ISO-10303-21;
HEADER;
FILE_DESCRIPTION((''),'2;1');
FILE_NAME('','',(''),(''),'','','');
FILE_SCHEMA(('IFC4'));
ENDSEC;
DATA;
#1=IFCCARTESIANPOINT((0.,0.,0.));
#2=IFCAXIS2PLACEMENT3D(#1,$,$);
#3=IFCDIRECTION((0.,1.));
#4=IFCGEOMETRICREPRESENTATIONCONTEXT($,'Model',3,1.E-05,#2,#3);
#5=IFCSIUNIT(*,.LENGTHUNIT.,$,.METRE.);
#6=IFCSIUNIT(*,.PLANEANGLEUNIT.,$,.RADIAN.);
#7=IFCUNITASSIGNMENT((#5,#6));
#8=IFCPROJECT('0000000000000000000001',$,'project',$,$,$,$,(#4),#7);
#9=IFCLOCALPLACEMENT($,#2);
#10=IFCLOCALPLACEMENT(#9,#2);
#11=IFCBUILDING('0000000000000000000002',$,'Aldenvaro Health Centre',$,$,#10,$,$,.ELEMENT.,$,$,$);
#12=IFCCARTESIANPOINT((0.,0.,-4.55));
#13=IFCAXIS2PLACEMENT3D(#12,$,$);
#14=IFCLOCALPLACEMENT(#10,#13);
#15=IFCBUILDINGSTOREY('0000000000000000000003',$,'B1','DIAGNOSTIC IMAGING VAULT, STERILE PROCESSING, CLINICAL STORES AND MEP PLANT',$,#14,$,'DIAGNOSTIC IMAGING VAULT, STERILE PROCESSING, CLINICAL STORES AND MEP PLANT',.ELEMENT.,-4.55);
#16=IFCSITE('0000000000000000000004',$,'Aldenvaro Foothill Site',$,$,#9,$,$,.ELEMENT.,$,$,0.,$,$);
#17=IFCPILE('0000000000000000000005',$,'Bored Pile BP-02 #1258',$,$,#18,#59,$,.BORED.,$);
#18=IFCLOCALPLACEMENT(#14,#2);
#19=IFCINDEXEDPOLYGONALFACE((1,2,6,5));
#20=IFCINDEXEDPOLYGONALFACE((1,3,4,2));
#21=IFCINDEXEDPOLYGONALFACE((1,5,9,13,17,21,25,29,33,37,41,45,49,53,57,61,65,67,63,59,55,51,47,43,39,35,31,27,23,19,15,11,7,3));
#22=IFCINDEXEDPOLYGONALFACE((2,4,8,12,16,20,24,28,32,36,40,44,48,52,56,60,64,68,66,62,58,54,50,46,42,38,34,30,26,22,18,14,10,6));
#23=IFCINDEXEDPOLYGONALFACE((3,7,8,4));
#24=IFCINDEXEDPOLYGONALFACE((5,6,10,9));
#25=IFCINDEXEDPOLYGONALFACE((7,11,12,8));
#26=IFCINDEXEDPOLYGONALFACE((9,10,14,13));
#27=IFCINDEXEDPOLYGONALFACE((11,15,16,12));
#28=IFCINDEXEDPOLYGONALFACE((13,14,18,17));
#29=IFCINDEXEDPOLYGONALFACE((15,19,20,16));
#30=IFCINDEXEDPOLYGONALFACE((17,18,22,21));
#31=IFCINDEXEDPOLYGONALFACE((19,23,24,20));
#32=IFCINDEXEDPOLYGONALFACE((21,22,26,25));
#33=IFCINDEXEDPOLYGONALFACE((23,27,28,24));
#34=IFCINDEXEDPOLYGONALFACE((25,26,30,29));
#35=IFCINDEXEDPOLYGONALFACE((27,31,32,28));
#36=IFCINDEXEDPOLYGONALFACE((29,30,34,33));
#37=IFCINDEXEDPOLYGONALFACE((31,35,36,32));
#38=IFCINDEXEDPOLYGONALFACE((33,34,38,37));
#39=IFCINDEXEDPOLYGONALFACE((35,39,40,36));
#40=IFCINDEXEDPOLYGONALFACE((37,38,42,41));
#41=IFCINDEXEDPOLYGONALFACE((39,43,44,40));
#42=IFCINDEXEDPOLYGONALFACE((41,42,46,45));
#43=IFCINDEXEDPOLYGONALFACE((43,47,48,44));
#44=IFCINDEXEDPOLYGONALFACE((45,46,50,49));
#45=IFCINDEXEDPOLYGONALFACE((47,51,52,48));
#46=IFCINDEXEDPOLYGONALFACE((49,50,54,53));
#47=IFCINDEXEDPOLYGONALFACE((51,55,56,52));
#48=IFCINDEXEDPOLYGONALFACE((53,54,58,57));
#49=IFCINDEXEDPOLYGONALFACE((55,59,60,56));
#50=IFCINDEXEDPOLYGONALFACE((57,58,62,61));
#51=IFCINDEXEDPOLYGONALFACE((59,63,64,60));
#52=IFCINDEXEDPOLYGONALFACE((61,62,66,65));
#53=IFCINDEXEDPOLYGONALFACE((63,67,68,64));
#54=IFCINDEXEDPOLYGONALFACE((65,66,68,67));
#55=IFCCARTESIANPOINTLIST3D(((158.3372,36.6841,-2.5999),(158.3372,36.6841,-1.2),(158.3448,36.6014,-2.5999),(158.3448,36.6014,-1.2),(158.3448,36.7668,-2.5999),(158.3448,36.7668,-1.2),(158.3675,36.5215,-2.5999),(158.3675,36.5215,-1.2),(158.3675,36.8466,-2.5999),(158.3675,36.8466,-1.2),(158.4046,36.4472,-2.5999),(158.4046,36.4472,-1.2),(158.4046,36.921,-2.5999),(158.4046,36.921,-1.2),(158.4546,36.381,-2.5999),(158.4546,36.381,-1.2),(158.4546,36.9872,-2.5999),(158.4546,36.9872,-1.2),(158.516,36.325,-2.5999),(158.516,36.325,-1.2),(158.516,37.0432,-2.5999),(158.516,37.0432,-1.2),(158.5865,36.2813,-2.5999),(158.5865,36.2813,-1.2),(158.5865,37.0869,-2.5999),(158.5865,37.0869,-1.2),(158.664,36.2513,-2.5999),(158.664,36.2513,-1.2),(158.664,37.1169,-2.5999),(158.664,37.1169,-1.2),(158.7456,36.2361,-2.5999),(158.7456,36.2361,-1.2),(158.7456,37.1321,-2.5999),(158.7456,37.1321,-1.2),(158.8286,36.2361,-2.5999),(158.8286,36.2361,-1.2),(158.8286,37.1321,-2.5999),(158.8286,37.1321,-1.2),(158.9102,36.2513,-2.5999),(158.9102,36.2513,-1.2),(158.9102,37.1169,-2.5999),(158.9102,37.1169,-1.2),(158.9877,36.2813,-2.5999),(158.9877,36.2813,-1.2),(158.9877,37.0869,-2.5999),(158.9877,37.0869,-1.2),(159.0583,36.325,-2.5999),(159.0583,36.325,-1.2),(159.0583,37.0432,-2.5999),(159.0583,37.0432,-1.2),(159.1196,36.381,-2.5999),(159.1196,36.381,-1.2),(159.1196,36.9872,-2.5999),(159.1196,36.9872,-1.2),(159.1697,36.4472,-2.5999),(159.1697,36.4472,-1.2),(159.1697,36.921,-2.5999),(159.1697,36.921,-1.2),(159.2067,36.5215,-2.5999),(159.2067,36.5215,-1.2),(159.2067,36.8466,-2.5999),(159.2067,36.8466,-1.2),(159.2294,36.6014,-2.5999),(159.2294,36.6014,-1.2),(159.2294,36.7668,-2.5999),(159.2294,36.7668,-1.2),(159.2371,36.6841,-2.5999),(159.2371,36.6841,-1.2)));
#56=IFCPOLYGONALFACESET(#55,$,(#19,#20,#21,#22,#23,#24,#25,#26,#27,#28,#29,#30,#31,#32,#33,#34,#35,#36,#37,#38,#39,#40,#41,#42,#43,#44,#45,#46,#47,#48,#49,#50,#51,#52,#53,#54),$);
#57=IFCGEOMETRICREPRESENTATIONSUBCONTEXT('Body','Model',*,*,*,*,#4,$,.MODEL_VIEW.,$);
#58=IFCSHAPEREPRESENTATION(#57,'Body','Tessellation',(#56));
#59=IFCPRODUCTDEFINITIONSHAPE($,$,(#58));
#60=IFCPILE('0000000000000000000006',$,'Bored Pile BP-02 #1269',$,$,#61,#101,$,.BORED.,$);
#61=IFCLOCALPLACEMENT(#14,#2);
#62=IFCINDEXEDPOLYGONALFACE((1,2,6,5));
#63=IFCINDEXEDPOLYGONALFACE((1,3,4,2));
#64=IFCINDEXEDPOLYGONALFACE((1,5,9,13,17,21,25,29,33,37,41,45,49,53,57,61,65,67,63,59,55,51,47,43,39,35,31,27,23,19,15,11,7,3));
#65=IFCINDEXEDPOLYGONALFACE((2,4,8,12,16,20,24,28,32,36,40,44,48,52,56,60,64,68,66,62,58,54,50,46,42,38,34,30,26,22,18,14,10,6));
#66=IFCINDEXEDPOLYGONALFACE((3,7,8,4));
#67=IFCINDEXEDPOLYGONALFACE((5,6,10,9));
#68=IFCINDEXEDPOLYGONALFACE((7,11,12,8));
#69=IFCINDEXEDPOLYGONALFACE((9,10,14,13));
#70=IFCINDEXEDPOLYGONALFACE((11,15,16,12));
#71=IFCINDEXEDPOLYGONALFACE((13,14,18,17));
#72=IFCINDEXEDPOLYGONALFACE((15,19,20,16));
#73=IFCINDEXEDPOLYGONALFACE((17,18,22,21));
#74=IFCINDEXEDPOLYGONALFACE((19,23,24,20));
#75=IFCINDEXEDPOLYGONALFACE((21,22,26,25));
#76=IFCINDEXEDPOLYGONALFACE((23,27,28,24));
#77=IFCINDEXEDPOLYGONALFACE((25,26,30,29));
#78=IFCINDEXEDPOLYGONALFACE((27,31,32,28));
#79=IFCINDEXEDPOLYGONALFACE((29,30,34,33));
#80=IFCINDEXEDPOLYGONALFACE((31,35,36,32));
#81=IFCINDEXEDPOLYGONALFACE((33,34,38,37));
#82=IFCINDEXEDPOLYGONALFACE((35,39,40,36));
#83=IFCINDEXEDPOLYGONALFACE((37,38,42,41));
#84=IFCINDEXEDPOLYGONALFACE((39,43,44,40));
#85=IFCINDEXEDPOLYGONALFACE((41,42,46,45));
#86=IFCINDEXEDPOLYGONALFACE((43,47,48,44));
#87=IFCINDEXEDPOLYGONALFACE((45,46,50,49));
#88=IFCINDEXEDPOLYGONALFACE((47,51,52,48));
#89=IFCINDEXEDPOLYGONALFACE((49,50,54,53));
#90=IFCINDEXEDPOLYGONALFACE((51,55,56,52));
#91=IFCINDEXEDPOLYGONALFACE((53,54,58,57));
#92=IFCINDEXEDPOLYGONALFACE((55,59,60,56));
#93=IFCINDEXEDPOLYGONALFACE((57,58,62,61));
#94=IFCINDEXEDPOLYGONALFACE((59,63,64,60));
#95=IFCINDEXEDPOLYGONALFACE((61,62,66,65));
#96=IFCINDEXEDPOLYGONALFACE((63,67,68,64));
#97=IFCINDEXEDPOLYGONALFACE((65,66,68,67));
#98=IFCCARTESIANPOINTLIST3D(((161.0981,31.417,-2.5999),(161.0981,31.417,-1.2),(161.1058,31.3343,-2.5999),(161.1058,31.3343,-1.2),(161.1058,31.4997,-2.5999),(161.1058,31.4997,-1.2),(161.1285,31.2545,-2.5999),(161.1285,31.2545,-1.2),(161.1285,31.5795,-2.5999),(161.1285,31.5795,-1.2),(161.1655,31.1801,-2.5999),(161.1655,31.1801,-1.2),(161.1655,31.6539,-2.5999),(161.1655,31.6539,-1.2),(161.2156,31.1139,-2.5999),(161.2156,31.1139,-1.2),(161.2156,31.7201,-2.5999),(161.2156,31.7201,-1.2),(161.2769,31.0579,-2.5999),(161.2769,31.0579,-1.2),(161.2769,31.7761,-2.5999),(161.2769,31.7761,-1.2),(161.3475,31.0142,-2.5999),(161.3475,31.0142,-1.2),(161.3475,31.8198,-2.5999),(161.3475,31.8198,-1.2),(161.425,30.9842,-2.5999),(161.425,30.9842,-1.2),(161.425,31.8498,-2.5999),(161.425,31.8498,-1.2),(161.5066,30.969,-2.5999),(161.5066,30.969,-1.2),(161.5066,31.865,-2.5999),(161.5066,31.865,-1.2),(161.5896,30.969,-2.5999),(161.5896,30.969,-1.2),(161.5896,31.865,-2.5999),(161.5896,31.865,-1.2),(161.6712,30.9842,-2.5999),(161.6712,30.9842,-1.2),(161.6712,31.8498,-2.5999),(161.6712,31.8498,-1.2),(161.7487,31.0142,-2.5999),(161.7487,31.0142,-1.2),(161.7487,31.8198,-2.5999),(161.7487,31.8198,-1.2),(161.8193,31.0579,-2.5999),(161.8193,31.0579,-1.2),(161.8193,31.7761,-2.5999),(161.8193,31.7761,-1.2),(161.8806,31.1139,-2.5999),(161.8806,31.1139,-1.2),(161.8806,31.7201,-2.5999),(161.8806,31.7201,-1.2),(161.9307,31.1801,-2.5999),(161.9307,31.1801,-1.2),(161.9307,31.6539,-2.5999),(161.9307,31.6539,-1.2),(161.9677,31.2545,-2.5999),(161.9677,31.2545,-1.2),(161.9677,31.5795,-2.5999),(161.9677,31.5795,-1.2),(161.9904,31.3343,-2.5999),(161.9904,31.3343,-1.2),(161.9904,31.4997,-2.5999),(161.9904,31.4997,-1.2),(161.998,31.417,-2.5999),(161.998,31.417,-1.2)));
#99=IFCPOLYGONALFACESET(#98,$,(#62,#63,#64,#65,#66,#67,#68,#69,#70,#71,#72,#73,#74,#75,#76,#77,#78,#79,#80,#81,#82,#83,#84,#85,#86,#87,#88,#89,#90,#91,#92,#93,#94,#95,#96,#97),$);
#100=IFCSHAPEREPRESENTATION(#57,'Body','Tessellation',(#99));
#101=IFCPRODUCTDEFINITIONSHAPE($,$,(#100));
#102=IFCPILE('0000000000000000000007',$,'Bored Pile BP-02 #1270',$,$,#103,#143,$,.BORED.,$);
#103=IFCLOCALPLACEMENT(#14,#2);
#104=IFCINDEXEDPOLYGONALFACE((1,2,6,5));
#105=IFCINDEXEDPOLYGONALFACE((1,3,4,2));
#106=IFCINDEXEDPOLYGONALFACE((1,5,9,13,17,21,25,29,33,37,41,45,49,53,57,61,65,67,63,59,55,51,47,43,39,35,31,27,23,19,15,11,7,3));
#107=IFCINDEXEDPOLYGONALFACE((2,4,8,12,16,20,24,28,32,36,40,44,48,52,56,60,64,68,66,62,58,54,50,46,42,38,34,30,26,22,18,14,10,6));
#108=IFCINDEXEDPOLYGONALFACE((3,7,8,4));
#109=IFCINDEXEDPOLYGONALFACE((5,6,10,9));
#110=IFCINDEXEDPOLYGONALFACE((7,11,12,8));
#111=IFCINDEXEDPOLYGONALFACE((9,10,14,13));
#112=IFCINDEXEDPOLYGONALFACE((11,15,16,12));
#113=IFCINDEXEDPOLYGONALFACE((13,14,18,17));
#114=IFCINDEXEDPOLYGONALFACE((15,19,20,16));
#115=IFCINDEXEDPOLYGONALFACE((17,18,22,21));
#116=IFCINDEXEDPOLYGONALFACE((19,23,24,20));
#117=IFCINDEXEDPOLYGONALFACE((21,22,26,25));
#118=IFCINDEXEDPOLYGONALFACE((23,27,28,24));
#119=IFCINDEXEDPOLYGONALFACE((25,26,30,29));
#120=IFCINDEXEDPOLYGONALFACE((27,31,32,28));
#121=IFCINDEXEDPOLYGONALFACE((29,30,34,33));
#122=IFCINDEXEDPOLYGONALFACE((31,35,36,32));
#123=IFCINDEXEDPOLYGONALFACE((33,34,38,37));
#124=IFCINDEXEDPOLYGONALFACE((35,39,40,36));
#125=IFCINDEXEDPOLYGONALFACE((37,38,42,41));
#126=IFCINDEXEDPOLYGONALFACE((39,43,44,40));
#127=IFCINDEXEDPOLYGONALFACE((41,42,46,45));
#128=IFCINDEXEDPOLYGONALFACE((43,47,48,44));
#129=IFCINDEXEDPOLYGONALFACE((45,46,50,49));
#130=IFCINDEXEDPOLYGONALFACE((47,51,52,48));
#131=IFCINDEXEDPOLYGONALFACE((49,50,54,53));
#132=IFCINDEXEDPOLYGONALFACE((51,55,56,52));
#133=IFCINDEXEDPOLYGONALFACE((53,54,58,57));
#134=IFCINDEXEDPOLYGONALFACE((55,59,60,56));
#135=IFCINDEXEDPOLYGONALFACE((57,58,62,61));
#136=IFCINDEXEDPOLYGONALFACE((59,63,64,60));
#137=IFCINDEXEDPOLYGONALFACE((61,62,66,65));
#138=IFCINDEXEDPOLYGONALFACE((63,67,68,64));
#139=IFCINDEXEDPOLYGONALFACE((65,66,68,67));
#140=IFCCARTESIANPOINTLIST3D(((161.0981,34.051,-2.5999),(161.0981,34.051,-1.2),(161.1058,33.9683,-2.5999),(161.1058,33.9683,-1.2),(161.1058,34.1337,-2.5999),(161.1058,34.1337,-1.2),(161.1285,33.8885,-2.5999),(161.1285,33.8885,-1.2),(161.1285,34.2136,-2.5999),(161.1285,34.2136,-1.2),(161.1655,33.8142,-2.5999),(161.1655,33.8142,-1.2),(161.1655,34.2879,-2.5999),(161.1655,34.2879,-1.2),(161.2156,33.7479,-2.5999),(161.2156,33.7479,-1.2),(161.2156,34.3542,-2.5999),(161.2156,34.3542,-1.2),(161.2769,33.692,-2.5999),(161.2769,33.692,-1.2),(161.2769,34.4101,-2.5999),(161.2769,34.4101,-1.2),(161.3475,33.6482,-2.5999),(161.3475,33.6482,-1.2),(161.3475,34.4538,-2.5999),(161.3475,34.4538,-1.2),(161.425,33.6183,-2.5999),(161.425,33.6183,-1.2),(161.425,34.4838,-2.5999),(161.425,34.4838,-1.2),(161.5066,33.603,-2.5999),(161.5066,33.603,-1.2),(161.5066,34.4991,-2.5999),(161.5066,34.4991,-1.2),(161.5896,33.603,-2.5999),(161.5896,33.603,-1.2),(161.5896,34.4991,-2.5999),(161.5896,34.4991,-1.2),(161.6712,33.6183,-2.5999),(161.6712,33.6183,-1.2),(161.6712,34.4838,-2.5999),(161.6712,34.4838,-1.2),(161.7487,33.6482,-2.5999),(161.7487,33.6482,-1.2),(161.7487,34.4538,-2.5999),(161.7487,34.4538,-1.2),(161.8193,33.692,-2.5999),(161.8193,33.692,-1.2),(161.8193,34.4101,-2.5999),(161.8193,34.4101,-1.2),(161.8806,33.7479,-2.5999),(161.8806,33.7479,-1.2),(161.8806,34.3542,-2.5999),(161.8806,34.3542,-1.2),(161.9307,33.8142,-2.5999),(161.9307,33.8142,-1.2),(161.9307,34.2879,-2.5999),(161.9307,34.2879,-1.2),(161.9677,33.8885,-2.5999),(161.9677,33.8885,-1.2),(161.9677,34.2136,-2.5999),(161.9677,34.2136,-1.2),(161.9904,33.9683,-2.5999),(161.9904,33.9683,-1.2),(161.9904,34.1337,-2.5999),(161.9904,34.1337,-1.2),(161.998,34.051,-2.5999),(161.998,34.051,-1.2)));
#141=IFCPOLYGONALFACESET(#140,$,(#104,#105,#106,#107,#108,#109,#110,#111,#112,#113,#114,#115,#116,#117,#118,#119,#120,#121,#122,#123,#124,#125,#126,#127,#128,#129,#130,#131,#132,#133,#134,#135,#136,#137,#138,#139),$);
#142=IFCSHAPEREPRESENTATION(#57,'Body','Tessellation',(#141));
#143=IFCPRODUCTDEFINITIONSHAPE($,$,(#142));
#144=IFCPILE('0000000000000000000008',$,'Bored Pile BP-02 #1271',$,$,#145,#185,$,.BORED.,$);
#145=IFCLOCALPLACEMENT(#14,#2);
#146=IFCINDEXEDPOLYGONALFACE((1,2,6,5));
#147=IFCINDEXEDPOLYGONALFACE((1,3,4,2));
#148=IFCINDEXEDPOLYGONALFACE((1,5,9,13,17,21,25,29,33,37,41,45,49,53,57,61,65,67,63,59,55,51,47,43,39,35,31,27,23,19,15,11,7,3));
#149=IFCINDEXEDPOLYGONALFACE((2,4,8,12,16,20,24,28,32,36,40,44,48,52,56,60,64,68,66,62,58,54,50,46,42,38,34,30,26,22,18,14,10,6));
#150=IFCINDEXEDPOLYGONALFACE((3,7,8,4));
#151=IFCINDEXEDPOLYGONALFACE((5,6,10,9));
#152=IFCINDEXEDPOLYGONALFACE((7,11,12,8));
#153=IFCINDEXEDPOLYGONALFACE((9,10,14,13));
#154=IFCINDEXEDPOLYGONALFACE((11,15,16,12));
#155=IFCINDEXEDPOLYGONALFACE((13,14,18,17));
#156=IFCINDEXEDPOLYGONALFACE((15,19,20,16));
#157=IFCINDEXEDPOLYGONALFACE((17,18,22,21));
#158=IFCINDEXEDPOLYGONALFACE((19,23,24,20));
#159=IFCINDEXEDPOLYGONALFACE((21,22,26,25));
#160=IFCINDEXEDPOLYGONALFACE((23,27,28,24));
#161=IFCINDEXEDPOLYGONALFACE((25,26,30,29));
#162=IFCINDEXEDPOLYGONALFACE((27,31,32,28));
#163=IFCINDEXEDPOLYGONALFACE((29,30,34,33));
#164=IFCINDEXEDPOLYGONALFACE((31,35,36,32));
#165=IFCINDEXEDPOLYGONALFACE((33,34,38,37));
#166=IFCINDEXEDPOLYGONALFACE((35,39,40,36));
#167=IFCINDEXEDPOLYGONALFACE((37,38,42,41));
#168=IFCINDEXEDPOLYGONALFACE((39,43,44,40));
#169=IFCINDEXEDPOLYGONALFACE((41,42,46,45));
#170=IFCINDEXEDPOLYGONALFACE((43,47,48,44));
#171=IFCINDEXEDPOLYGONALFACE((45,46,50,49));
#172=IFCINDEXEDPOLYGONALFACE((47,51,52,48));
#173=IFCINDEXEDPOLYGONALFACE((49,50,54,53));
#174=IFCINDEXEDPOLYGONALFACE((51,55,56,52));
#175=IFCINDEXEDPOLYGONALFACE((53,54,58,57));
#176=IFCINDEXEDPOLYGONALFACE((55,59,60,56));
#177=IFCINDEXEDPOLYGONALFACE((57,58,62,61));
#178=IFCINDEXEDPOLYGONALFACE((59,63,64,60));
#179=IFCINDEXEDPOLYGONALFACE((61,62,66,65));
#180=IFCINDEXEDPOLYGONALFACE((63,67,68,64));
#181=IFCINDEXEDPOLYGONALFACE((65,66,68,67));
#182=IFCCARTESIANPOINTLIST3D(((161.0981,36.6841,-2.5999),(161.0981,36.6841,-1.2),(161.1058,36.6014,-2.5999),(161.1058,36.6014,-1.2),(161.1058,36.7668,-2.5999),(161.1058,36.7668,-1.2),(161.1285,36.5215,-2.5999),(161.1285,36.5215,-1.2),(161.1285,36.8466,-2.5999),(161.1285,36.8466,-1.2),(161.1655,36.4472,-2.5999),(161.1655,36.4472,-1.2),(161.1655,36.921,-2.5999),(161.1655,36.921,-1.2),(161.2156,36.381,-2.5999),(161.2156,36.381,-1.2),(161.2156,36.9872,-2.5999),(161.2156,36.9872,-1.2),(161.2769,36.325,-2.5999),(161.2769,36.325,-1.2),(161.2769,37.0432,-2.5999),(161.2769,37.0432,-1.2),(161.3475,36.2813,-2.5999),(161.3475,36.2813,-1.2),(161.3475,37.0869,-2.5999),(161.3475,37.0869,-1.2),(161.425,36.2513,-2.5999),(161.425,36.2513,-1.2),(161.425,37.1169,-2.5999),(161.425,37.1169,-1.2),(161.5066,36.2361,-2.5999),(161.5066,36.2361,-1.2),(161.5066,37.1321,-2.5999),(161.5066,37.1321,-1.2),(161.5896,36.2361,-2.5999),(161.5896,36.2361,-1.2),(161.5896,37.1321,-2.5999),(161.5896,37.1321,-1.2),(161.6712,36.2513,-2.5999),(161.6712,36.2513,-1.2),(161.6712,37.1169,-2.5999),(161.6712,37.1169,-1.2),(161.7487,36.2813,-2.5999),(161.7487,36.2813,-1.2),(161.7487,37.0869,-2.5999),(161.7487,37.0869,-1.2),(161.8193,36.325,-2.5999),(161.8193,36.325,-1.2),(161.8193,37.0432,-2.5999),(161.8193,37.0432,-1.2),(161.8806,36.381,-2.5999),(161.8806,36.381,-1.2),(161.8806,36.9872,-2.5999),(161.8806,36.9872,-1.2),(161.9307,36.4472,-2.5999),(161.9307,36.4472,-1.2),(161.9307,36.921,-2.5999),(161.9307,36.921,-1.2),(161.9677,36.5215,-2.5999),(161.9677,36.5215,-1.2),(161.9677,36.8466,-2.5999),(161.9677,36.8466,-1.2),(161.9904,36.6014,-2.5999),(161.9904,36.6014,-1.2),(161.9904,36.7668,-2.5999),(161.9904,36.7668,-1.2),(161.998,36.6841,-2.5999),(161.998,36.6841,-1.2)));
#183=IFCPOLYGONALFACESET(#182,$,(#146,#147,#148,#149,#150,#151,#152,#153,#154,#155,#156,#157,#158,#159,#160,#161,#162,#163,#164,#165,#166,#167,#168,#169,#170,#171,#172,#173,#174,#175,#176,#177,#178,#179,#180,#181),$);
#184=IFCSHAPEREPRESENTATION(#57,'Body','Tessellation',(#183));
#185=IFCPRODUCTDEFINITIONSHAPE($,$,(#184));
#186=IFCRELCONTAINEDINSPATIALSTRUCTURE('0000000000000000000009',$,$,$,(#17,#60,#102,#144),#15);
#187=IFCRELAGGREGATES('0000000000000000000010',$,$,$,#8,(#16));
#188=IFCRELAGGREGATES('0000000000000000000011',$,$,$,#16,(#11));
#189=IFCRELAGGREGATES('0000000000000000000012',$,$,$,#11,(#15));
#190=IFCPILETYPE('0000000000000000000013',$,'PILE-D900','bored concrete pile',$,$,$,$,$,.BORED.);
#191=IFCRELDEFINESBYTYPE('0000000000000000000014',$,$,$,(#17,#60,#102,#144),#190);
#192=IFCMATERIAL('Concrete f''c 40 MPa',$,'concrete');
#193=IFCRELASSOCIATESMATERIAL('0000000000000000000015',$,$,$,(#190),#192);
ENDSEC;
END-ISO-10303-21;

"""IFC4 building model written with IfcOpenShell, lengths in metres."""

from ifc_helpers import new_model, si_unit, direction, frame, origin, origin_2d, place, context, subcontext, project, spatial, circle, extrude, material, material_profile, profile_set, type_object, element, save


model = new_model("IFC4")

# Units and contexts
model_context = context("Model", 3, precision=1e-05, world=origin(), true_north=direction((0.0, 1.0)))
body_context = subcontext(model_context, "Body", "Model", "MODEL_VIEW")
ifc_project = project(units=[si_unit("LENGTHUNIT", "METRE"), si_unit("PLANEANGLEUNIT", "RADIAN")], contexts=[model_context])

# Site, building, storey
site_placement = place(None, origin())
site = spatial("IfcSite", under=ifc_project, at=site_placement, Name="Aldenvaro Foothill Site", CompositionType="ELEMENT", RefElevation=0.0)
building_placement = place(site_placement, origin())
building = spatial("IfcBuilding", under=site, at=building_placement, Name="Aldenvaro Health Centre", CompositionType="ELEMENT")
storey_placement = place(building_placement, frame((0.0, 0.0, -4.55)))
storey = spatial("IfcBuildingStorey", under=building, at=storey_placement, Name="B1", Description="DIAGNOSTIC IMAGING VAULT, STERILE PROCESSING, CLINICAL STORES AND MEP PLANT", LongName="DIAGNOSTIC IMAGING VAULT, STERILE PROCESSING, CLINICAL STORES AND MEP PLANT", CompositionType="ELEMENT", Elevation=-4.55)

# Shared definitions
ifc_material = material(Name="Concrete f'c 40 MPa", Category="concrete")

# Piles
ifc_material_profile_1 = material_profile(ifc_material, circle(Radius=0.45, at=origin_2d()), Name="PILE D900", Category="concrete")
ifc_profile_set_1 = profile_set([ifc_material_profile_1], Name="Concrete f'c 40 MPa")
pile_type_1 = type_object("IfcPileType", Name="PILE-D900", Description="bored concrete pile", PredefinedType="BORED", material=ifc_profile_set_1)
for number, where, z_axis, x_axis, name in (
    (1, (158.7871, 36.6841, -1.2), (0.0, 0.0, -1.0), (1.0, 0.0, 0.0), "Bored Pile BP-02 #1258"),
    (2, (161.5481, 31.417, -1.2), (0.0, 0.0, -1.0), (1.0, 0.0, 0.0), "Bored Pile BP-02 #1269"),
    (3, (161.5481, 34.051, -1.2), (0.0, 0.0, -1.0), (1.0, 0.0, 0.0), "Bored Pile BP-02 #1270"),
    (4, (161.5481, 36.6841, -1.2), (0.0, 0.0, -1.0), (1.0, 0.0, 0.0), "Bored Pile BP-02 #1271"),
):
    element("IfcPile", number, at=place(storey_placement, frame(where, z_axis=z_axis, x_axis=x_axis)), inside=storey, type_object=pile_type_1, Name=name, PredefinedType="BORED", context=body_context, shape_type="SweptSolid", body=[
        extrude(circle(Radius=0.45, at=origin_2d()), origin(), (0.0, 0.0, 1.0), 1.3999),
    ])

save(model, "model.ifc")
